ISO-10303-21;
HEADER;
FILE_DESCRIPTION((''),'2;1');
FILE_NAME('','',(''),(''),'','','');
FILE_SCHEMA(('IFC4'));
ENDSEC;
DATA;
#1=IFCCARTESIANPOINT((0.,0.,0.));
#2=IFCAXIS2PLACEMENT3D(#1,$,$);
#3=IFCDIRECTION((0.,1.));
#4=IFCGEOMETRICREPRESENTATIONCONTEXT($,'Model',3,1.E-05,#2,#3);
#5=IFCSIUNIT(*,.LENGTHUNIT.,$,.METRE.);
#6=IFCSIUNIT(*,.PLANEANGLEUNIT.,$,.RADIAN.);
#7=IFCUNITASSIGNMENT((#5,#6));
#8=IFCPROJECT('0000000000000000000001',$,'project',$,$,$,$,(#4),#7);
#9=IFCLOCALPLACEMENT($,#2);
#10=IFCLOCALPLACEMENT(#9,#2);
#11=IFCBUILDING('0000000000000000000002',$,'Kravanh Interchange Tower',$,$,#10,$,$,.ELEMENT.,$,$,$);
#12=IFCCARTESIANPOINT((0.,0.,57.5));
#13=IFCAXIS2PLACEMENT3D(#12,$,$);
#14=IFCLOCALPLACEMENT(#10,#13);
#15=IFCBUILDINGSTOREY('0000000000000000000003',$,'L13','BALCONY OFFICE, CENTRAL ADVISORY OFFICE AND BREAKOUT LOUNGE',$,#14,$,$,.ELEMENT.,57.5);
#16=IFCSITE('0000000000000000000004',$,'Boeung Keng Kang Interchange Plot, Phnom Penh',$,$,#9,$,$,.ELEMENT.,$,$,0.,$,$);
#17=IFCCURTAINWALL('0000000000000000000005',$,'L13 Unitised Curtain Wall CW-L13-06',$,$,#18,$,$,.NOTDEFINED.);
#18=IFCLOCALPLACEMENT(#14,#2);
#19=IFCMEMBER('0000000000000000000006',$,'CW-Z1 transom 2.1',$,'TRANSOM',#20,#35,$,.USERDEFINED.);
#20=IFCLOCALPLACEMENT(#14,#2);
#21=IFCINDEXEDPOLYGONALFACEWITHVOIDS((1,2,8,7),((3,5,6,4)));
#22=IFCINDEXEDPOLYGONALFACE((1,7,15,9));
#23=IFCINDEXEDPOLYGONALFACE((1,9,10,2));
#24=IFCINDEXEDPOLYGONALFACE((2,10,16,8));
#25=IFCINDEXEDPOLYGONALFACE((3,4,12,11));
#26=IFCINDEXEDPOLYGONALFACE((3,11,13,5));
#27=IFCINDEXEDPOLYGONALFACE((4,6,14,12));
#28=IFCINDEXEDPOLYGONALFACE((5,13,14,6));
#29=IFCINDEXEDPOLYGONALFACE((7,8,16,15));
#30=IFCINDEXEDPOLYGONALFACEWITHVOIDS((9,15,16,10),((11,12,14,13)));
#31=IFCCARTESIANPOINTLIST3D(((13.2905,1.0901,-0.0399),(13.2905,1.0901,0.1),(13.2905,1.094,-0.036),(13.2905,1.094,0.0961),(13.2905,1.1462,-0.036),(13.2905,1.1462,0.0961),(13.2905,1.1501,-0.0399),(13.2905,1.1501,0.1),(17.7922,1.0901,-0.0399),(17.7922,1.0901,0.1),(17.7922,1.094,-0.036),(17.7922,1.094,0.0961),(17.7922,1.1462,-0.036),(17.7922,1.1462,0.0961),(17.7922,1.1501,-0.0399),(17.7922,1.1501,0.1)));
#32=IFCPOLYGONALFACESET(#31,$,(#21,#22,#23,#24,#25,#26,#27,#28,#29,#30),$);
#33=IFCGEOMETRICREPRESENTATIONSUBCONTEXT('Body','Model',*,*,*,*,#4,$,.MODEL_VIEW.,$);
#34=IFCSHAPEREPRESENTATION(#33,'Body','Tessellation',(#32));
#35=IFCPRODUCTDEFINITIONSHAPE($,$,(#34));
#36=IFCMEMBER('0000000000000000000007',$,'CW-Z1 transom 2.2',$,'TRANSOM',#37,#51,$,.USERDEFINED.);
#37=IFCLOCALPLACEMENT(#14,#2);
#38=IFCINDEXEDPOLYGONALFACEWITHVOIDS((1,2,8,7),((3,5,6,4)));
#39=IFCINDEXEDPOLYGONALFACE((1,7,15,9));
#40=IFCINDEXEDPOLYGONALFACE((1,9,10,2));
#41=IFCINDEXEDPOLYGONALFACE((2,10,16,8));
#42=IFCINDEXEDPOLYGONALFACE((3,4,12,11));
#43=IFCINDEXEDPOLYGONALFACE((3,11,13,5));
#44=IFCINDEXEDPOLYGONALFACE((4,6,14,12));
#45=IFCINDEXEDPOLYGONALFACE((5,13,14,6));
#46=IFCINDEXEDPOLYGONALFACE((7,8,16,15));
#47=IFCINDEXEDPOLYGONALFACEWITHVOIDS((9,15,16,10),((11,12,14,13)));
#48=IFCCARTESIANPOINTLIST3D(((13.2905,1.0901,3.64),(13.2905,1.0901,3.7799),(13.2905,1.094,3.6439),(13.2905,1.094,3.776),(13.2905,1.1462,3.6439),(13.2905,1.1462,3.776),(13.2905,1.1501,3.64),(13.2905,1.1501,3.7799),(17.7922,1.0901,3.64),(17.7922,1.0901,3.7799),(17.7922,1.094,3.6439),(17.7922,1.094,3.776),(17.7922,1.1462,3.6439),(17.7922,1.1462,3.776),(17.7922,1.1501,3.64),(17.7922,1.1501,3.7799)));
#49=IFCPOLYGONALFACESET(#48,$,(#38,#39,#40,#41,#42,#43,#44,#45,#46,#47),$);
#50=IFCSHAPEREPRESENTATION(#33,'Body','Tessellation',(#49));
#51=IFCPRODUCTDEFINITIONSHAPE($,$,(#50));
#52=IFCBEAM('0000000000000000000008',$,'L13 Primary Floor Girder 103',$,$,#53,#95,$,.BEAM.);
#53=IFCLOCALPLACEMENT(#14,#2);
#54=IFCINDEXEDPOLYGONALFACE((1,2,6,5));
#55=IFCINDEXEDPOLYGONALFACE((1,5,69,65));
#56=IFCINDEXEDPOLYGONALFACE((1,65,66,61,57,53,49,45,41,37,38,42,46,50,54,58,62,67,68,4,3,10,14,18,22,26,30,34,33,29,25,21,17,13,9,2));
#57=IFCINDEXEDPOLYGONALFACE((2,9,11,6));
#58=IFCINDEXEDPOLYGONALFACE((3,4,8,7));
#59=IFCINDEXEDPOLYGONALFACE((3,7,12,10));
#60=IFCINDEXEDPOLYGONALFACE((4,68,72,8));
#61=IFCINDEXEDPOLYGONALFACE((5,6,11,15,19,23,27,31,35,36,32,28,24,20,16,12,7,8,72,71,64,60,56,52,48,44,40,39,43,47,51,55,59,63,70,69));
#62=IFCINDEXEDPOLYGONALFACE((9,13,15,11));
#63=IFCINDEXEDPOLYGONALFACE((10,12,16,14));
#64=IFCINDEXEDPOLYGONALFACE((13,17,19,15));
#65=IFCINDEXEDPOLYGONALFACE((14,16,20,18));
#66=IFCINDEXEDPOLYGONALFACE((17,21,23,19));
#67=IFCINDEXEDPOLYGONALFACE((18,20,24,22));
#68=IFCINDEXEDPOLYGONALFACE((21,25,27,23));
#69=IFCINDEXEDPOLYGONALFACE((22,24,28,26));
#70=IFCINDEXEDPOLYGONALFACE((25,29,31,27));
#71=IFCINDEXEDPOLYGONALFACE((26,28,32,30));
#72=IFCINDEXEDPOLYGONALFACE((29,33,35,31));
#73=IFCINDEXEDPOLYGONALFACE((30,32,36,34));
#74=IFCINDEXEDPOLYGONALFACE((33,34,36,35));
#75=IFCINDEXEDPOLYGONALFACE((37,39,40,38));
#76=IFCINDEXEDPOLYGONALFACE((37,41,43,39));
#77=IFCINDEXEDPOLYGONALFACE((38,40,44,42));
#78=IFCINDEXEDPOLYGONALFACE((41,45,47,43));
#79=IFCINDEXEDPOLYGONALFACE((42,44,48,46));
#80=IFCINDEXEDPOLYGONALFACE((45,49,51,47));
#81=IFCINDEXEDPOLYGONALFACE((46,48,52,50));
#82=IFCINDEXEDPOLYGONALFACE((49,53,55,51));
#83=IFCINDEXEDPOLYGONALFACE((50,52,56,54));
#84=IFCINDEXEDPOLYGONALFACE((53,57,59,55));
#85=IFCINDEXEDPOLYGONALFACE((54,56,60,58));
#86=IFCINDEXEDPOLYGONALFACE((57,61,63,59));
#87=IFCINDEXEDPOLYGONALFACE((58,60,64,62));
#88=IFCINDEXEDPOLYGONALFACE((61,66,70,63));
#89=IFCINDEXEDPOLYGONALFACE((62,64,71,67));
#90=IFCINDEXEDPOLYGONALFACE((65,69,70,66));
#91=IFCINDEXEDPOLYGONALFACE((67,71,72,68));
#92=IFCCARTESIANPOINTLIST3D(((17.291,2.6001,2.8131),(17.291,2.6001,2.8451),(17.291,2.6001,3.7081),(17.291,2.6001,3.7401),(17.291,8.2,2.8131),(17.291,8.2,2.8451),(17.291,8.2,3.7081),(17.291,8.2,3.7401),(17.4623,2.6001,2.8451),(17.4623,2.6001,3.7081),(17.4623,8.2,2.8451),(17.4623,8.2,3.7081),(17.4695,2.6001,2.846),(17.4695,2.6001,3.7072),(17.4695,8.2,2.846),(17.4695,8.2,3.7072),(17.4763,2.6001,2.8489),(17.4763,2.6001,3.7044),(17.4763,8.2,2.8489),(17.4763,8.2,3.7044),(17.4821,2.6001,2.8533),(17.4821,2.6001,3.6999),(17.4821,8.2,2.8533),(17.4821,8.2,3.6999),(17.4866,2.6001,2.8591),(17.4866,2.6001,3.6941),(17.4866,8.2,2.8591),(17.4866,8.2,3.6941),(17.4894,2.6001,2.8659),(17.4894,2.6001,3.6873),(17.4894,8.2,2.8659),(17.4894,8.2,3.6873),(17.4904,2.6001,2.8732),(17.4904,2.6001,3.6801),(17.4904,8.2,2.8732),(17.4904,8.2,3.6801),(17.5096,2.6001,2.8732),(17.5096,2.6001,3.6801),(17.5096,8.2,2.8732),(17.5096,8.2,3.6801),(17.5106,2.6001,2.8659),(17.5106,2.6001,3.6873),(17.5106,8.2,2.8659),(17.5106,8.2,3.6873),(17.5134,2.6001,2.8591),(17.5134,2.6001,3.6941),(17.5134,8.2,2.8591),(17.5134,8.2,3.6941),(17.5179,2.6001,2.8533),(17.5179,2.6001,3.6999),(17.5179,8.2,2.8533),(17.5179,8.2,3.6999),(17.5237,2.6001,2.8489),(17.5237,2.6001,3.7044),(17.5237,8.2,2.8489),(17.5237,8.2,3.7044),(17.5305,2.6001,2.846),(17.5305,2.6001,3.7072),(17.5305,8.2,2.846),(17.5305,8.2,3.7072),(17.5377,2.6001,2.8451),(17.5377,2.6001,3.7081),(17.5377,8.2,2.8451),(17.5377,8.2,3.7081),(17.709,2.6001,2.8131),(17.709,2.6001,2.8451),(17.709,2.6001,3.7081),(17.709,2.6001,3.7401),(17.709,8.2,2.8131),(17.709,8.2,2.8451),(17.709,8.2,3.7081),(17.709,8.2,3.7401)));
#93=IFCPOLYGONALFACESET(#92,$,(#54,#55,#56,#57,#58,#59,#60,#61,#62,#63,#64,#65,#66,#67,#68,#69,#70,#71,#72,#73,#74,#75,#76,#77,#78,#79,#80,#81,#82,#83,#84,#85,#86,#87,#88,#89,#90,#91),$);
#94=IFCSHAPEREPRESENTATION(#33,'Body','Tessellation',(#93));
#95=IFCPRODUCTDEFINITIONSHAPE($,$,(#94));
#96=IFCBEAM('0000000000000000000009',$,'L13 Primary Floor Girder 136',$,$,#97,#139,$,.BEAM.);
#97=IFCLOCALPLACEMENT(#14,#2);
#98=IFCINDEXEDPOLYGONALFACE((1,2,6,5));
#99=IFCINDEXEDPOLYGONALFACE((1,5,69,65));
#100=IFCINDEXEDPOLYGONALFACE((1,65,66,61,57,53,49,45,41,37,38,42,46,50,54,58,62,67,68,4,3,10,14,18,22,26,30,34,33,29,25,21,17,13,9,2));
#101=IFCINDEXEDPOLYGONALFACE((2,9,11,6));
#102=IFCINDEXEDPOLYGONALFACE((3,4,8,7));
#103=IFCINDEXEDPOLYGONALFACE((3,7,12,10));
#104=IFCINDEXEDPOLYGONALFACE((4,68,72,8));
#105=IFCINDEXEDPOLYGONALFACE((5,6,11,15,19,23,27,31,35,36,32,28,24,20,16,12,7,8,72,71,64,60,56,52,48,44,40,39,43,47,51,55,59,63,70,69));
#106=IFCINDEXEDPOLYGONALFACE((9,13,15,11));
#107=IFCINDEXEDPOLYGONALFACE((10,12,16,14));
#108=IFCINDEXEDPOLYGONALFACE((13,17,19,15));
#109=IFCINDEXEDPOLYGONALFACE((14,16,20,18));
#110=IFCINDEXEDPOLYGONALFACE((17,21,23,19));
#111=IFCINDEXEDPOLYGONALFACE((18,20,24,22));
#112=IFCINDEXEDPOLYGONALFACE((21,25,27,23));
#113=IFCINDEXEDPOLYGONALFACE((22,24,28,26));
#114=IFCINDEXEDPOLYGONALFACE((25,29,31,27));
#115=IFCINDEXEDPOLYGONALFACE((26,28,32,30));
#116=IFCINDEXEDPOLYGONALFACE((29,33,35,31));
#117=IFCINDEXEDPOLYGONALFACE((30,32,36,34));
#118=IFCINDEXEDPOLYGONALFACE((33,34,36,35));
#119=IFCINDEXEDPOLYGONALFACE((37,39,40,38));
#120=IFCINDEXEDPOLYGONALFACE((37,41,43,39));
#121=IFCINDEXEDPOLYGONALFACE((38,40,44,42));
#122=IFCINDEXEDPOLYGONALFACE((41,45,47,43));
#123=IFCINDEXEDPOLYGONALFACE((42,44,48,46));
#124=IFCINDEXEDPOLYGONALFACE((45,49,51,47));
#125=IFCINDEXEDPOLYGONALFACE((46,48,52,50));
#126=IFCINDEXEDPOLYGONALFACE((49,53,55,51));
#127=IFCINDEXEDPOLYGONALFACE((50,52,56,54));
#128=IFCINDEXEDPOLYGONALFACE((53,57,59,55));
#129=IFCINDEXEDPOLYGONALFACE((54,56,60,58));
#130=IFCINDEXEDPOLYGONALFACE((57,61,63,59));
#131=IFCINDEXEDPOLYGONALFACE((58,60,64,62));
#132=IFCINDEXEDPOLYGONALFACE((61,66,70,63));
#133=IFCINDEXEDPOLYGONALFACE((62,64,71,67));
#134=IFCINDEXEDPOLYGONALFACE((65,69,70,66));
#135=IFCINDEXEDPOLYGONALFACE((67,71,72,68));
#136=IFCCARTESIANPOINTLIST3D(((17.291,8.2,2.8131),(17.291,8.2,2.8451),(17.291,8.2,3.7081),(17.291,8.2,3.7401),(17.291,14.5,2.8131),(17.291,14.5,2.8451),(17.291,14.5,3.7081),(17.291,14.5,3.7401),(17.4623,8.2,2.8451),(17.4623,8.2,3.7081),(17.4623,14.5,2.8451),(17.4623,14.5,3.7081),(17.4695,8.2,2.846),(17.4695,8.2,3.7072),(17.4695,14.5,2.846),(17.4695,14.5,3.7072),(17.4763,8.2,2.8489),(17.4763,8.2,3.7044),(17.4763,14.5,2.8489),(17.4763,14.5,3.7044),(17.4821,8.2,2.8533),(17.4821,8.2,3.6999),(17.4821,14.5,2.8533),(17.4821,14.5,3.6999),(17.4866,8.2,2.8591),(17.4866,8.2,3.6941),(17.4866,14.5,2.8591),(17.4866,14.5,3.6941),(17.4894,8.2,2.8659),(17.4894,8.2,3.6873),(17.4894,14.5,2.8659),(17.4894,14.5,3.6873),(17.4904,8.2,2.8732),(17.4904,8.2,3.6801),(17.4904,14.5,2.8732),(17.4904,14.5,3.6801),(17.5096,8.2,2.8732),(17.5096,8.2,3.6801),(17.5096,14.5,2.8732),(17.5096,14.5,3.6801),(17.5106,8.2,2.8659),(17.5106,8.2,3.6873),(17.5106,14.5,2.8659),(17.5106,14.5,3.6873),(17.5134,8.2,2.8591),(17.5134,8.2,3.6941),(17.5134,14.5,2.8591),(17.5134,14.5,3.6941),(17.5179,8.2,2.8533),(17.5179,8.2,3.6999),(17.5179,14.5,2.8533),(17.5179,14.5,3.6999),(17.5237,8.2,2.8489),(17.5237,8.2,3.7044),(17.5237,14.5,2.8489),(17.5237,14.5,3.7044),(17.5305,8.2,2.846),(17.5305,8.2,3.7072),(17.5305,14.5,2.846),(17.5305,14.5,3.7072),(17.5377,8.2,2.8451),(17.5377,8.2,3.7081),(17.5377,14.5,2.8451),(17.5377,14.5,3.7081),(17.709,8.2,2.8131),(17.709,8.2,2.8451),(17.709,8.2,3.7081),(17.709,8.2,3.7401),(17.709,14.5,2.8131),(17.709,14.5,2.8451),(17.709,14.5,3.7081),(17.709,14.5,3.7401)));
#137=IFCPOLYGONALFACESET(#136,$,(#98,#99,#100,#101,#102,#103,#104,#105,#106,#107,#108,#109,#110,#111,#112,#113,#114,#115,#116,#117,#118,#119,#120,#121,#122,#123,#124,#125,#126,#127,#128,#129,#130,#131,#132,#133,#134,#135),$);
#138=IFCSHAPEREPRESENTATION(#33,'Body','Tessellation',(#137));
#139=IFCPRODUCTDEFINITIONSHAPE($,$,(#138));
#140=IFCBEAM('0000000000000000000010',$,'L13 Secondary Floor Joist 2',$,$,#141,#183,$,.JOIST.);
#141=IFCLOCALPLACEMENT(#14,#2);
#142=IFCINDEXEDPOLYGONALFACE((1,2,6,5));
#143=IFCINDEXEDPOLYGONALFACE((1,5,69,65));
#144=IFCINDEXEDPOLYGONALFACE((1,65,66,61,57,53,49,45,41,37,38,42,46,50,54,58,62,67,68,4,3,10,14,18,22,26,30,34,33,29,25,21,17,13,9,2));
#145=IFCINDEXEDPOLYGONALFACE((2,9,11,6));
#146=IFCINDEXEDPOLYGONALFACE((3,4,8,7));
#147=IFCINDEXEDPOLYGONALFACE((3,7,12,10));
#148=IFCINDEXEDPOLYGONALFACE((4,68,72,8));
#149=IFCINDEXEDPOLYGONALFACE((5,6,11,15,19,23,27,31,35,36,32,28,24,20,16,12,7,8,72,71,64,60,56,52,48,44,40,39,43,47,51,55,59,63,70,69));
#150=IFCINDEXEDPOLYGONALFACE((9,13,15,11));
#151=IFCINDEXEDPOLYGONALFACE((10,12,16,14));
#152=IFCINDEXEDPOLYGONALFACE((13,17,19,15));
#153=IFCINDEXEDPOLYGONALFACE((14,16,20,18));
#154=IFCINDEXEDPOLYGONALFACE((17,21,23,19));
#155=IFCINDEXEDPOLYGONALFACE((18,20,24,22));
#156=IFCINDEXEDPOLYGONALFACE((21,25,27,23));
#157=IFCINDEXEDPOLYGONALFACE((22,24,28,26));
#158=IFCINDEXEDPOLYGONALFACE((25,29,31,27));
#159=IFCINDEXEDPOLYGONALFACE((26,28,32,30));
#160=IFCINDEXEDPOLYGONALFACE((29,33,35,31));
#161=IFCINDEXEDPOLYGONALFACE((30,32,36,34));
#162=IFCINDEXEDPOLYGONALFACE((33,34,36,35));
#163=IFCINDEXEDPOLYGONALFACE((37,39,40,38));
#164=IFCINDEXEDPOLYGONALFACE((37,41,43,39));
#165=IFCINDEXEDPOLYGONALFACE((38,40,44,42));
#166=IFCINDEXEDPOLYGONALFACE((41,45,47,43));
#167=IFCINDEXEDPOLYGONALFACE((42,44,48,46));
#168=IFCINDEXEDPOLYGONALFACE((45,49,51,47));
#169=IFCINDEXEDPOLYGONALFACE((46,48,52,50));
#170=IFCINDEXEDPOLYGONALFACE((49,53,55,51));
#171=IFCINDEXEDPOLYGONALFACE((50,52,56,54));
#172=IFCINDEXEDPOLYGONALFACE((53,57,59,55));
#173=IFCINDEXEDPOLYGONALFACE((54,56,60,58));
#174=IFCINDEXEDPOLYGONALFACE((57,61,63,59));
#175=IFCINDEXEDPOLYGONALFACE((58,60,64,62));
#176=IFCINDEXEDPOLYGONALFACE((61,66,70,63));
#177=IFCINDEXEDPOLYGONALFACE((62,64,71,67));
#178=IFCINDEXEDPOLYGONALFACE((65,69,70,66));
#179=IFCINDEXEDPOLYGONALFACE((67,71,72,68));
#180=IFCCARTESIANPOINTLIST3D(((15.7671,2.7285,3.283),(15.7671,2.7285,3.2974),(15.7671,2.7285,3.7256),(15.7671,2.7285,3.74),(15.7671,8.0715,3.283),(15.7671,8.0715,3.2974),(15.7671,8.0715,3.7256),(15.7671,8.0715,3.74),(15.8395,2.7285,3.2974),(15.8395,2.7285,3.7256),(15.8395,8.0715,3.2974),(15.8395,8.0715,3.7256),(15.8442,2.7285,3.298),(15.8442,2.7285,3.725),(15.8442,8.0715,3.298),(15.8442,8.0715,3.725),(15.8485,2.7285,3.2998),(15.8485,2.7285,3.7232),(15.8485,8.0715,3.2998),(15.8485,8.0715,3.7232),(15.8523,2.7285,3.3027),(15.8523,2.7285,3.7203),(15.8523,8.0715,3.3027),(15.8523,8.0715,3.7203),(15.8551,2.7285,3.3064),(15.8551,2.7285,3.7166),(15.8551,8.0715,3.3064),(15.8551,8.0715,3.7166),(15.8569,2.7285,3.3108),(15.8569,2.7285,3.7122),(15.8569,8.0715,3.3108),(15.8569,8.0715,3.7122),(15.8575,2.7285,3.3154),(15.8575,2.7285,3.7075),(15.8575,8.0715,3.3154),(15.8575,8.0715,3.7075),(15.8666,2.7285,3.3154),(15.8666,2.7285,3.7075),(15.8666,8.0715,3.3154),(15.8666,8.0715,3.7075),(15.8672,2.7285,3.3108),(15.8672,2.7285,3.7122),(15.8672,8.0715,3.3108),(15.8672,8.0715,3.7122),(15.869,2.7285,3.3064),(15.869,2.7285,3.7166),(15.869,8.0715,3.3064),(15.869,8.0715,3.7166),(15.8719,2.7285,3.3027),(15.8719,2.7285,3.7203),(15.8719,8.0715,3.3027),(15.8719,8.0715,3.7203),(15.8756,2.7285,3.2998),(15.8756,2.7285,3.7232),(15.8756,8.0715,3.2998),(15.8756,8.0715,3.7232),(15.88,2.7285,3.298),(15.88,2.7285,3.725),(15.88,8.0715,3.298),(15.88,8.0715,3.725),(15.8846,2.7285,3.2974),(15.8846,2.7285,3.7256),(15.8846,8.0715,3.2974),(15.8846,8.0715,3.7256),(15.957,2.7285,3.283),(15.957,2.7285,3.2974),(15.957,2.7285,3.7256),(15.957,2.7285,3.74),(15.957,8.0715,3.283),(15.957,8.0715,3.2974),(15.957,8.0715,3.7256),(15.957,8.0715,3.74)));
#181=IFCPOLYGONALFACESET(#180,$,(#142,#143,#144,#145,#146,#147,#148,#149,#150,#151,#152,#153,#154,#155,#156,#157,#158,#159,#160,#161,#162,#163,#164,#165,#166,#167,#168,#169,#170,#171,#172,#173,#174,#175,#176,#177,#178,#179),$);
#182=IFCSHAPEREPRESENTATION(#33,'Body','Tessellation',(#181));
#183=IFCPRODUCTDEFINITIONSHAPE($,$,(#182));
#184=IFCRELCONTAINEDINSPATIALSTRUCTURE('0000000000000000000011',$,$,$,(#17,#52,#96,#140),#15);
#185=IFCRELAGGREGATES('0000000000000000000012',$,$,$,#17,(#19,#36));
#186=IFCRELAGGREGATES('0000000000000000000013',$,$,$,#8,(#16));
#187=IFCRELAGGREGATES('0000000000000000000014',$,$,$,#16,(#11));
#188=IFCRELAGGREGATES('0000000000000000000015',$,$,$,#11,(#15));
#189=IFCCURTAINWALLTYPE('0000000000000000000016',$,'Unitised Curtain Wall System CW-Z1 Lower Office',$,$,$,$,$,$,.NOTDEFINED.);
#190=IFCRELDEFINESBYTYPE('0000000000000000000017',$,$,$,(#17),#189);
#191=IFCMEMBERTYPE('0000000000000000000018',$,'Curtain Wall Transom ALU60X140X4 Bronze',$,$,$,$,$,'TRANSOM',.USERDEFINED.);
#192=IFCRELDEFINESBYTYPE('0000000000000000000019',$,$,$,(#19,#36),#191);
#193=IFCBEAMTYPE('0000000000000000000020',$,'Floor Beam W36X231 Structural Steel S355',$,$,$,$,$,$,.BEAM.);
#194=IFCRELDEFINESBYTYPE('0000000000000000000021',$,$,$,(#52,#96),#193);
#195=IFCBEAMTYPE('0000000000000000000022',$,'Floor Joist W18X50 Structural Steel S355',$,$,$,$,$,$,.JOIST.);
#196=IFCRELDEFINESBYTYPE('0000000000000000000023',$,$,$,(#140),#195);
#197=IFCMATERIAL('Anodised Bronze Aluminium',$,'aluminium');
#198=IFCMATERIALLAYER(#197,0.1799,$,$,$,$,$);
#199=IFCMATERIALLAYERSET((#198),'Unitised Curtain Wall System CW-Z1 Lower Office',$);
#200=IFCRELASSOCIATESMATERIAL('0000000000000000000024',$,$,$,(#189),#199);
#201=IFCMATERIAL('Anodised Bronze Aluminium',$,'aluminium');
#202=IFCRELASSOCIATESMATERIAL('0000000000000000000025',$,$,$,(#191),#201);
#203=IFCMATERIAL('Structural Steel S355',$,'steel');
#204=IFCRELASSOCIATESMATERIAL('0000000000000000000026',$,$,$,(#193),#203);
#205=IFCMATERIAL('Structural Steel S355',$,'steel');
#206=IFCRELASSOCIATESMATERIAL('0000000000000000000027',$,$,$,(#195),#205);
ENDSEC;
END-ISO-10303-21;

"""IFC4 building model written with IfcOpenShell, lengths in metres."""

from ifc_helpers import new_model, si_unit, direction, frame, origin, origin_2d, place, context, subcontext, project, spatial, hollow_rectangle, i_section, extrude, material, layer, layer_set, material_profile, profile_set, type_object, element, aggregate, save


model = new_model("IFC4")

# Units and contexts
model_context = context("Model", 3, precision=1e-05, world=origin(), true_north=direction((0.0, 1.0)))
body_context = subcontext(model_context, "Body", "Model", "MODEL_VIEW")
ifc_project = project(units=[si_unit("LENGTHUNIT", "METRE"), si_unit("PLANEANGLEUNIT", "RADIAN")], contexts=[model_context])

# Site, building, storey
site_placement = place(None, origin())
site = spatial("IfcSite", under=ifc_project, at=site_placement, Name="Boeung Keng Kang Interchange Plot, Phnom Penh", CompositionType="ELEMENT", RefElevation=0.0)
building_placement = place(site_placement, origin())
building = spatial("IfcBuilding", under=site, at=building_placement, Name="Kravanh Interchange Tower", CompositionType="ELEMENT")
storey_placement = place(building_placement, frame((0.0, 0.0, 57.5)))
storey = spatial("IfcBuildingStorey", under=building, at=storey_placement, Name="L13", Description="BALCONY OFFICE, CENTRAL ADVISORY OFFICE AND BREAKOUT LOUNGE", CompositionType="ELEMENT", Elevation=57.5)

# Curtain wall, members
ifc_material_1 = material(Name="Anodised Bronze Aluminium", Category="aluminium")
ifc_layer_1 = layer(ifc_material_1, 0.1799)
ifc_layer_set_1 = layer_set([ifc_layer_1], Name="Unitised Curtain Wall System CW-Z1 Lower Office")
curtain_wall_type = type_object("IfcCurtainWallType", Name="Unitised Curtain Wall System CW-Z1 Lower Office", PredefinedType="NOTDEFINED", material=ifc_layer_set_1)
curtain_wall_placement = place(storey_placement, origin())
curtain_wall = element("IfcCurtainWall", 1, at=curtain_wall_placement, inside=storey, type_object=curtain_wall_type, Name="L13 Unitised Curtain Wall CW-L13-06", PredefinedType="NOTDEFINED")
ifc_material_2 = material(Name="Anodised Bronze Aluminium", Category="aluminium")
ifc_material_profile_1 = material_profile(ifc_material_2, hollow_rectangle(XDim=0.0601, YDim=0.1399, WallThickness=0.0039, at=origin_2d()), Name="ALU60X140X4")
ifc_profile_set_1 = profile_set([ifc_material_profile_1], Name="Anodised Bronze Aluminium")
member_type_1 = type_object("IfcMemberType", Name="Curtain Wall Transom ALU60X140X4 Bronze", ElementType="TRANSOM", PredefinedType="USERDEFINED", material=ifc_profile_set_1)
member_1_placement = place(storey_placement, frame((17.7922, 1.1201, 0.03), z_axis=(-1.0, 0.0, 0.0), x_axis=(0.0, -1.0, 0.0)))
member_1 = element("IfcMember", 2, at=member_1_placement, type_object=member_type_1, Name="CW-Z1 transom 2.1", ObjectType="TRANSOM", PredefinedType="USERDEFINED", context=body_context, shape_type="SweptSolid", body=[
    extrude(hollow_rectangle(XDim=0.0601, YDim=0.1399, WallThickness=0.0039, at=origin_2d()), origin(), (0.0, 0.0, 1.0), 4.5017),
])
member_2_placement = place(storey_placement, frame((17.7922, 1.1201, 3.71), z_axis=(-1.0, 0.0, 0.0), x_axis=(0.0, -1.0, 0.0)))
member_2 = element("IfcMember", 3, at=member_2_placement, type_object=member_type_1, Name="CW-Z1 transom 2.2", ObjectType="TRANSOM", PredefinedType="USERDEFINED", context=body_context, shape_type="SweptSolid", body=[
    extrude(hollow_rectangle(XDim=0.0601, YDim=0.1399, WallThickness=0.0039, at=origin_2d()), origin(), (0.0, 0.0, 1.0), 4.5017),
])

# Beams
ifc_material_3 = material(Name="Structural Steel S355", Category="steel")
ifc_material_profile_2 = material_profile(ifc_material_3, i_section(OverallWidth=0.418, OverallDepth=0.927, WebThickness=0.0193, FlangeThickness=0.032, FilletRadius=0.0281, at=origin_2d()), Name="W36X231")
ifc_profile_set_2 = profile_set([ifc_material_profile_2], Name="Structural Steel S355")
beam_type_1 = type_object("IfcBeamType", Name="Floor Beam W36X231 Structural Steel S355", PredefinedType="BEAM", material=ifc_profile_set_2)
beam_1_placement = place(storey_placement, frame((17.5, 2.6001, 3.2766), z_axis=(0.0, 1.0, 0.0), x_axis=(-1.0, 0.0, 0.0)))
element("IfcBeam", 4, at=beam_1_placement, inside=storey, type_object=beam_type_1, Name="L13 Primary Floor Girder 103", PredefinedType="BEAM", context=body_context, shape_type="SweptSolid", body=[
    extrude(i_section(OverallWidth=0.418, OverallDepth=0.927, WebThickness=0.0193, FlangeThickness=0.032, FilletRadius=0.0281, at=origin_2d()), origin(), (0.0, 0.0, 1.0), 5.5999),
])
beam_2_placement = place(storey_placement, frame((17.5, 8.2, 3.2766), z_axis=(0.0, 1.0, 0.0), x_axis=(-1.0, 0.0, 0.0)))
element("IfcBeam", 5, at=beam_2_placement, inside=storey, type_object=beam_type_1, Name="L13 Primary Floor Girder 136", PredefinedType="BEAM", context=body_context, shape_type="SweptSolid", body=[
    extrude(i_section(OverallWidth=0.418, OverallDepth=0.927, WebThickness=0.0193, FlangeThickness=0.032, FilletRadius=0.0281, at=origin_2d()), origin(), (0.0, 0.0, 1.0), 6.3),
])
ifc_material_4 = material(Name="Structural Steel S355", Category="steel")
ifc_material_profile_3 = material_profile(ifc_material_4, i_section(OverallWidth=0.1899, OverallDepth=0.457, WebThickness=0.009, FlangeThickness=0.0144, FilletRadius=0.0181, at=origin_2d()), Name="W18X50")
ifc_profile_set_3 = profile_set([ifc_material_profile_3], Name="Structural Steel S355")
beam_type_2 = type_object("IfcBeamType", Name="Floor Joist W18X50 Structural Steel S355", PredefinedType="JOIST", material=ifc_profile_set_3)
for number, where, z_axis, x_axis, name in (
    (6, (15.8621, 2.7285, 3.5115), (0.0, 1.0, 0.0), (-1.0, 0.0, 0.0), "L13 Secondary Floor Joist 2"),
):
    element("IfcBeam", number, at=place(storey_placement, frame(where, z_axis=z_axis, x_axis=x_axis)), inside=storey, type_object=beam_type_2, Name=name, PredefinedType="JOIST", context=body_context, shape_type="SweptSolid", body=[
        extrude(i_section(OverallWidth=0.1899, OverallDepth=0.457, WebThickness=0.009, FlangeThickness=0.0144, FilletRadius=0.0181, at=origin_2d()), origin(), (0.0, 0.0, 1.0), 5.343),
    ])

aggregate(curtain_wall, [member_1, member_2])

save(model, "model.ifc")
